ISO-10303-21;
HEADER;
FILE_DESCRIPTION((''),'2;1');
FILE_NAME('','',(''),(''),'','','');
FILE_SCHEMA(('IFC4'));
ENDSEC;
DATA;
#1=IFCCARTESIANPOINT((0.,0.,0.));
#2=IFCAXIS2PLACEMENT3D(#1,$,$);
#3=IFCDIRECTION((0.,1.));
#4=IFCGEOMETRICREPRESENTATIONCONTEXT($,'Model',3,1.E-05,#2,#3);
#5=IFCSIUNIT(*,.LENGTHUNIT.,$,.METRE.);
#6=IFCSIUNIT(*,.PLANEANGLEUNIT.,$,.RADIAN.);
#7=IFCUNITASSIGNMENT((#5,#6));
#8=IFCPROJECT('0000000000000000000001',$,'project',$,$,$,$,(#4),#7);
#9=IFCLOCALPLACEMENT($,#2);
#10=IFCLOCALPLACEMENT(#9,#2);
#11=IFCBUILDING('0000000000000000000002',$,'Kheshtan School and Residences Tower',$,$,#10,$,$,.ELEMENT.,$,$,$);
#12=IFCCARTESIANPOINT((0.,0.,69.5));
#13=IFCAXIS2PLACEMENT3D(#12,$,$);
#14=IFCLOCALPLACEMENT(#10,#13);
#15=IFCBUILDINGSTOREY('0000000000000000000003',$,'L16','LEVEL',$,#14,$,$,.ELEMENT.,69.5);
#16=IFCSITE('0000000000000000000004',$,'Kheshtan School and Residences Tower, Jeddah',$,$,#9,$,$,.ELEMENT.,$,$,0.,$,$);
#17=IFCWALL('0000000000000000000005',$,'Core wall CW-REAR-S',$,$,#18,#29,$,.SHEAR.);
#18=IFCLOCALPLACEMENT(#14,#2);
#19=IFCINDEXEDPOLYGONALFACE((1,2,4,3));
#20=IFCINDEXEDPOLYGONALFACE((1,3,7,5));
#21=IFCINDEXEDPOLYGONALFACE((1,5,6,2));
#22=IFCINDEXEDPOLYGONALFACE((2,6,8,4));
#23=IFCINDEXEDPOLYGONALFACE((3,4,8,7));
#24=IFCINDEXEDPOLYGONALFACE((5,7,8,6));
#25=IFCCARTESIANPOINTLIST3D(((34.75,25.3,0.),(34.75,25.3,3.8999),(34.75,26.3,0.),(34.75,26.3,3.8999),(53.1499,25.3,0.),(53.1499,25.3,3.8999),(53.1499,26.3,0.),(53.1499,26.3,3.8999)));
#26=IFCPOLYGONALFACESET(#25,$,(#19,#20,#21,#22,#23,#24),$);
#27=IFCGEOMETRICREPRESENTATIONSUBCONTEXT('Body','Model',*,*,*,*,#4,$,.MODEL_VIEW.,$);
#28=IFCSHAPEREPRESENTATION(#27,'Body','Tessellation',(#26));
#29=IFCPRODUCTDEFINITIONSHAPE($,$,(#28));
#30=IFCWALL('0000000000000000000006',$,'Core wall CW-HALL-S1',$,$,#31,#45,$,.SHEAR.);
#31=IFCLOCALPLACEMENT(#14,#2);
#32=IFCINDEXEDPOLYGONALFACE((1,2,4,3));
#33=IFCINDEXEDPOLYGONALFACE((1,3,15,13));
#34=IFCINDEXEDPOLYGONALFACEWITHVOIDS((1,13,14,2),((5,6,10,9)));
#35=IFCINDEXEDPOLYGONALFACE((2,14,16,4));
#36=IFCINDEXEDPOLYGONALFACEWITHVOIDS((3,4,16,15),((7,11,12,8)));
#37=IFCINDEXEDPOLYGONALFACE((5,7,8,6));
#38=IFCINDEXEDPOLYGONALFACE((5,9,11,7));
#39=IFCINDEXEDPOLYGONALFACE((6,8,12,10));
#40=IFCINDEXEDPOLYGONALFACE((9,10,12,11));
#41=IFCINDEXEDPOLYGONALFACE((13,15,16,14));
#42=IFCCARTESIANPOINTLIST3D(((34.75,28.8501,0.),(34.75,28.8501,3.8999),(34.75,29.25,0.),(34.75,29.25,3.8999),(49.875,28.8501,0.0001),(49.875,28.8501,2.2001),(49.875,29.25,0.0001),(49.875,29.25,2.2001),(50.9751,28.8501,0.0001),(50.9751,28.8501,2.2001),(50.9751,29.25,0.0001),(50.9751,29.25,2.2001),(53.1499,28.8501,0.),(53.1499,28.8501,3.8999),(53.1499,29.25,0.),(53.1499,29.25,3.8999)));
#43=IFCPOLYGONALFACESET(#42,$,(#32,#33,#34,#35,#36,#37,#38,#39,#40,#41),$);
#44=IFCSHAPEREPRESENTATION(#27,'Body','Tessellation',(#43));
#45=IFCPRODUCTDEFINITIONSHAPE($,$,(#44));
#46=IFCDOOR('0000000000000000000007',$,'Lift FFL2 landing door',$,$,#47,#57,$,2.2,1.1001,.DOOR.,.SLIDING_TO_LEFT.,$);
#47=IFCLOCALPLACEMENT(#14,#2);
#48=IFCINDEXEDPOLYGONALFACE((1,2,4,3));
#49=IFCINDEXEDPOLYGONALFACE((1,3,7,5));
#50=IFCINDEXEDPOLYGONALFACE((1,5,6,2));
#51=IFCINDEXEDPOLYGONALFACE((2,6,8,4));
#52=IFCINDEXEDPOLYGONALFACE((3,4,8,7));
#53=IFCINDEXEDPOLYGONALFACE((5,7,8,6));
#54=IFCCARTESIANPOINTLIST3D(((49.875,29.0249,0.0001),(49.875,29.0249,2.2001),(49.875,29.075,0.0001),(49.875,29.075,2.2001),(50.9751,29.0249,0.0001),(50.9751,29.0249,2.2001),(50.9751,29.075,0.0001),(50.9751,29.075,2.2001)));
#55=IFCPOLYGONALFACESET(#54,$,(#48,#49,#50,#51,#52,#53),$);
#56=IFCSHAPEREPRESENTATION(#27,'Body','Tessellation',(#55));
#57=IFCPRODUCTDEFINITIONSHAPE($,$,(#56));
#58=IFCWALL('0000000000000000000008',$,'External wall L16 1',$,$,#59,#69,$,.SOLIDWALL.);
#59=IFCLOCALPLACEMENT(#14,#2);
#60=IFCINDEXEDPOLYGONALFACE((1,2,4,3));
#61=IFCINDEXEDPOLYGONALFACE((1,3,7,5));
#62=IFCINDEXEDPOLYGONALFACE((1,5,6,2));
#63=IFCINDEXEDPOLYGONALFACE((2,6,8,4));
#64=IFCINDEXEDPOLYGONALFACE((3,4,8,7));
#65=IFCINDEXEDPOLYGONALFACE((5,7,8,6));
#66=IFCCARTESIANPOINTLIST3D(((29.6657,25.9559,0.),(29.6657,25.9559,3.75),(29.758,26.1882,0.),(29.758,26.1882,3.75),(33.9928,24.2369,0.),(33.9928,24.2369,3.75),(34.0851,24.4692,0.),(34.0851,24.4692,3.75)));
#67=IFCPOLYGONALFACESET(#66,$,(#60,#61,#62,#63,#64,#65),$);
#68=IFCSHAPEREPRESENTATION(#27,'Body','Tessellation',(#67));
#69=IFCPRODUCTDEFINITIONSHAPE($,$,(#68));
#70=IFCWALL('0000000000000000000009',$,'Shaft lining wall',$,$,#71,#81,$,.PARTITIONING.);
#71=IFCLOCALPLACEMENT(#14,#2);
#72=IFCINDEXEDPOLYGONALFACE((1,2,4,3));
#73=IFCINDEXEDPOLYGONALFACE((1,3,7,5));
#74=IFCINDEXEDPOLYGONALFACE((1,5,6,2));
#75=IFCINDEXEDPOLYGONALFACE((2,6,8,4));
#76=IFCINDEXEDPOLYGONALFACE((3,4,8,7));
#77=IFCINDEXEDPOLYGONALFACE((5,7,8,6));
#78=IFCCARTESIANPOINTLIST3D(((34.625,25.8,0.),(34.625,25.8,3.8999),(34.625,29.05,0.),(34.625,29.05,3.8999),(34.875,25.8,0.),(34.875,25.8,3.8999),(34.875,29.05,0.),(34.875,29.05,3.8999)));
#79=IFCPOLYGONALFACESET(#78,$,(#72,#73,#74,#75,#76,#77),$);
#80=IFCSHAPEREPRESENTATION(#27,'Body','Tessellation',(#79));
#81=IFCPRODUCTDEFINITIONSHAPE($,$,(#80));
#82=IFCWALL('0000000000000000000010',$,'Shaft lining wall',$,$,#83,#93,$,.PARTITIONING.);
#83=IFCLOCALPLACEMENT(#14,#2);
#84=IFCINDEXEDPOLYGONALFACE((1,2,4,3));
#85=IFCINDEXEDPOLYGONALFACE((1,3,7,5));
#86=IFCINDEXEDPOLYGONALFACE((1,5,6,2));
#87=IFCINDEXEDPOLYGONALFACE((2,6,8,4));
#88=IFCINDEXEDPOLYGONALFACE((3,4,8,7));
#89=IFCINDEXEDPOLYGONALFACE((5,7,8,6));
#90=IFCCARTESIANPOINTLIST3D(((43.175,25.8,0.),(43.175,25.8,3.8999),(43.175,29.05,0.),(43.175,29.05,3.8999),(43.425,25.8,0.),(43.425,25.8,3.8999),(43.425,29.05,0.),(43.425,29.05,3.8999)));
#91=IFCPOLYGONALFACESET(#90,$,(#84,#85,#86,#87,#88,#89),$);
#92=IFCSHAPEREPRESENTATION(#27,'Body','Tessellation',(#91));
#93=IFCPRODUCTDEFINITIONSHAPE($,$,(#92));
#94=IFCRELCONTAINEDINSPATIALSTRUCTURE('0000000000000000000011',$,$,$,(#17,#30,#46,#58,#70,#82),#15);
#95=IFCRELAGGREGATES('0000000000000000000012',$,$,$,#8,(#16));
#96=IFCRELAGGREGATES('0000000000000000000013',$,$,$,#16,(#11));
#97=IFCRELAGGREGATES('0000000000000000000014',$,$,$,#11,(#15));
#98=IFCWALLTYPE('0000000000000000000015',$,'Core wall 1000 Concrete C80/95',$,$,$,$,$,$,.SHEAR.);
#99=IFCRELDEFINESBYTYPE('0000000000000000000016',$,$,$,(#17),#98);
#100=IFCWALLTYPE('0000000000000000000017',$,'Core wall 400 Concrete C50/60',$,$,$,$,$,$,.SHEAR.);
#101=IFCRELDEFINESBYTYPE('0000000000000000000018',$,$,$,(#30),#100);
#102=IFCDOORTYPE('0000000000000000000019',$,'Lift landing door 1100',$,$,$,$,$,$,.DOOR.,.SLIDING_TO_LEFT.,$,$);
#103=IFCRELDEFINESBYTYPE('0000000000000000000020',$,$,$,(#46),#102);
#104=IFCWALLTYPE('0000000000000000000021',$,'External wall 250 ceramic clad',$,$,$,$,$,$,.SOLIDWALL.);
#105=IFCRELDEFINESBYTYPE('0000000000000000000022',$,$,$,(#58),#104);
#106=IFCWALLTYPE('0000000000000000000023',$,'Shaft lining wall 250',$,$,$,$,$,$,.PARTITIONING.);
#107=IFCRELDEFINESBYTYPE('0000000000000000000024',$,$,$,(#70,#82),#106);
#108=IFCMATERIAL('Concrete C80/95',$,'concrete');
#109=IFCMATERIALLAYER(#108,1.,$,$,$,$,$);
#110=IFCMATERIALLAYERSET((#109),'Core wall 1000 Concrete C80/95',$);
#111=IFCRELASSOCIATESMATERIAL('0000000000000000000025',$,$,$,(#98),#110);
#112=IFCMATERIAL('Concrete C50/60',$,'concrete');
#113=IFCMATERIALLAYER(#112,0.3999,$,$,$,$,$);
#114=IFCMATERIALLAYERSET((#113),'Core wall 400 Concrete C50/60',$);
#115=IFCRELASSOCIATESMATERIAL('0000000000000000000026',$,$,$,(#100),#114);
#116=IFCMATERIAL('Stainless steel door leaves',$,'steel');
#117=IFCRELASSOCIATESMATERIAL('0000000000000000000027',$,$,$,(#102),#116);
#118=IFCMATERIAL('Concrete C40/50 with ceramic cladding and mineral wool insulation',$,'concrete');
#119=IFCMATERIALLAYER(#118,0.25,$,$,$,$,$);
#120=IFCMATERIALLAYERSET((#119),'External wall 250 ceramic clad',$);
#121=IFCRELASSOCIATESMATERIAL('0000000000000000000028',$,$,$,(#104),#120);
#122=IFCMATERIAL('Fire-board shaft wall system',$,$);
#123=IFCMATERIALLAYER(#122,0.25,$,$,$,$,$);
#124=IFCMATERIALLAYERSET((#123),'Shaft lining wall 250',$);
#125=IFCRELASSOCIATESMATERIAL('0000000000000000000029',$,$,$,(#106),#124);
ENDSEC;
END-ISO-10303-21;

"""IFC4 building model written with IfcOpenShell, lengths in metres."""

from ifc_helpers import new_model, si_unit, direction, frame, frame_2d, origin, place, context, subcontext, project, spatial, rectangle, extrude, source, transform, mapped, material, layer, layer_set, type_object, element, fill, save


model = new_model("IFC4")

# Units and contexts
model_context = context("Model", 3, precision=1e-05, world=origin(), true_north=direction((0.0, 1.0)))
body_context = subcontext(model_context, "Body", "Model", "MODEL_VIEW")
ifc_project = project(units=[si_unit("LENGTHUNIT", "METRE"), si_unit("PLANEANGLEUNIT", "RADIAN")], contexts=[model_context])

# Site, building, storey
site_placement = place(None, origin())
site = spatial("IfcSite", under=ifc_project, at=site_placement, Name="Kheshtan School and Residences Tower, Jeddah", CompositionType="ELEMENT", RefElevation=0.0)
building_placement = place(site_placement, origin())
building = spatial("IfcBuilding", under=site, at=building_placement, Name="Kheshtan School and Residences Tower", CompositionType="ELEMENT")
storey_placement = place(building_placement, frame((0.0, 0.0, 69.5)))
storey = spatial("IfcBuildingStorey", under=building, at=storey_placement, Name="L16", Description="LEVEL", CompositionType="ELEMENT", Elevation=69.5)

# Wall
ifc_material_1 = material(Name="Concrete C80/95", Category="concrete")
ifc_layer_1 = layer(ifc_material_1, 1.0)
ifc_layer_set_1 = layer_set([ifc_layer_1], Name="Core wall 1000 Concrete C80/95")
wall_type_1 = type_object("IfcWallType", Name="Core wall 1000 Concrete C80/95", PredefinedType="SHEAR", material=ifc_layer_set_1)
wall_1_placement = place(storey_placement, frame((34.75, 25.8, 0.0), z_axis=(0.0, 0.0, 1.0), x_axis=(1.0, 0.0, 0.0)))
element("IfcWall", 1, at=wall_1_placement, inside=storey, type_object=wall_type_1, Name="Core wall CW-REAR-S", PredefinedType="SHEAR", context=body_context, shape_type="SweptSolid", body=[
    extrude(rectangle(XDim=18.3999, YDim=1.0, at=frame_2d((9.2, 0.0))), origin(), (0.0, 0.0, 1.0), 3.8999),
])

# Wall, opening, door
ifc_material_2 = material(Name="Concrete C50/60", Category="concrete")
ifc_layer_2 = layer(ifc_material_2, 0.3999)
ifc_layer_set_2 = layer_set([ifc_layer_2], Name="Core wall 400 Concrete C50/60")
wall_type_2 = type_object("IfcWallType", Name="Core wall 400 Concrete C50/60", PredefinedType="SHEAR", material=ifc_layer_set_2)
wall_2_placement = place(storey_placement, frame((34.75, 29.05, 0.0), z_axis=(0.0, 0.0, 1.0), x_axis=(1.0, 0.0, 0.0)))
wall_2 = element("IfcWall", 2, at=wall_2_placement, inside=storey, type_object=wall_type_2, Name="Core wall CW-HALL-S1", PredefinedType="SHEAR", context=body_context, shape_type="SweptSolid", body=[
    extrude(rectangle(XDim=18.3999, YDim=0.3999, at=frame_2d((9.2, 0.0))), origin(), (0.0, 0.0, 1.0), 3.8999),
])
opening_placement = place(wall_2_placement, frame((15.125, 0.0, 0.0)))
opening = element("IfcOpeningElement", 3, at=opening_placement, cuts=wall_2, PredefinedType="OPENING", context=body_context, shape_type="SweptSolid", body=[
    extrude(rectangle(XDim=1.1001, YDim=2.2, at=frame_2d((0.55, 1.1001))), frame((0.0, 0.21, 0.0), z_axis=(0.0, -1.0, 0.0), x_axis=(1.0, 0.0, 0.0)), (0.0, 0.0, 1.0), 0.4199),
])
ifc_material_3 = material(Name="Stainless steel door leaves", Category="steel")
door_type = type_object("IfcDoorType", Name="Lift landing door 1100", OperationType="SLIDING_TO_LEFT", PredefinedType="DOOR", material=ifc_material_3)
shared_shape = source(origin(), body_context, "Body", "SweptSolid", [
    extrude(rectangle(XDim=1.1001, YDim=2.2, at=frame_2d((0.55, 1.1001))), frame((0.0, 0.0249, 0.0), z_axis=(0.0, -1.0, 0.0), x_axis=(1.0, 0.0, 0.0)), (0.0, 0.0, 1.0), 0.05),
])
door_placement = place(opening_placement, origin())
door = element("IfcDoor", 4, at=door_placement, inside=storey, type_object=door_type, Name="Lift FFL2 landing door", OperationType="SLIDING_TO_LEFT", OverallHeight=2.2, OverallWidth=1.1001, PredefinedType="DOOR", context=body_context, shape_type="MappedRepresentation", body=[
    mapped(shared_shape, transform((0.0, 0.0, 0.0), x_axis=(1.0, 0.0, 0.0), y_axis=(0.0, 1.0, 0.0), z_axis=(0.0, 0.0, 1.0), scale=1.0)),
])
fill(opening, door)

# Walls
ifc_material_4 = material(Name="Concrete C40/50 with ceramic cladding and mineral wool insulation", Category="concrete")
ifc_layer_3 = layer(ifc_material_4, 0.25)
ifc_layer_set_3 = layer_set([ifc_layer_3], Name="External wall 250 ceramic clad")
wall_type_3 = type_object("IfcWallType", Name="External wall 250 ceramic clad", PredefinedType="SOLIDWALL", material=ifc_layer_set_3)
wall_3_placement = place(storey_placement, frame((34.0391, 24.353, 0.0), z_axis=(0.0, 0.0, 1.0), x_axis=(-0.929353, 0.369193, 0.0)))
element("IfcWall", 5, at=wall_3_placement, inside=storey, type_object=wall_type_3, Name="External wall L16 1", PredefinedType="SOLIDWALL", context=body_context, shape_type="SweptSolid", body=[
    extrude(rectangle(XDim=4.656, YDim=0.25, at=frame_2d((2.3281, 0.0))), origin(), (0.0, 0.0, 1.0), 3.75),
])
ifc_material_5 = material(Name="Fire-board shaft wall system")
ifc_layer_4 = layer(ifc_material_5, 0.25)
ifc_layer_set_4 = layer_set([ifc_layer_4], Name="Shaft lining wall 250")
wall_type_4 = type_object("IfcWallType", Name="Shaft lining wall 250", PredefinedType="PARTITIONING", material=ifc_layer_set_4)
for number, where, z_axis, x_axis, name in (
    (6, (34.75, 25.8, 0.0), (0.0, 0.0, 1.0), (0.0, 1.0, 0.0), "Shaft lining wall"),
    (7, (43.3, 25.8, 0.0), (0.0, 0.0, 1.0), (0.0, 1.0, 0.0), "Shaft lining wall"),
):
    element("IfcWall", number, at=place(storey_placement, frame(where, z_axis=z_axis, x_axis=x_axis)), inside=storey, type_object=wall_type_4, Name=name, PredefinedType="PARTITIONING", context=body_context, shape_type="SweptSolid", body=[
        extrude(rectangle(XDim=3.25, YDim=0.25, at=frame_2d((1.625, 0.0))), origin(), (0.0, 0.0, 1.0), 3.8999),
    ])

save(model, "model.ifc")
